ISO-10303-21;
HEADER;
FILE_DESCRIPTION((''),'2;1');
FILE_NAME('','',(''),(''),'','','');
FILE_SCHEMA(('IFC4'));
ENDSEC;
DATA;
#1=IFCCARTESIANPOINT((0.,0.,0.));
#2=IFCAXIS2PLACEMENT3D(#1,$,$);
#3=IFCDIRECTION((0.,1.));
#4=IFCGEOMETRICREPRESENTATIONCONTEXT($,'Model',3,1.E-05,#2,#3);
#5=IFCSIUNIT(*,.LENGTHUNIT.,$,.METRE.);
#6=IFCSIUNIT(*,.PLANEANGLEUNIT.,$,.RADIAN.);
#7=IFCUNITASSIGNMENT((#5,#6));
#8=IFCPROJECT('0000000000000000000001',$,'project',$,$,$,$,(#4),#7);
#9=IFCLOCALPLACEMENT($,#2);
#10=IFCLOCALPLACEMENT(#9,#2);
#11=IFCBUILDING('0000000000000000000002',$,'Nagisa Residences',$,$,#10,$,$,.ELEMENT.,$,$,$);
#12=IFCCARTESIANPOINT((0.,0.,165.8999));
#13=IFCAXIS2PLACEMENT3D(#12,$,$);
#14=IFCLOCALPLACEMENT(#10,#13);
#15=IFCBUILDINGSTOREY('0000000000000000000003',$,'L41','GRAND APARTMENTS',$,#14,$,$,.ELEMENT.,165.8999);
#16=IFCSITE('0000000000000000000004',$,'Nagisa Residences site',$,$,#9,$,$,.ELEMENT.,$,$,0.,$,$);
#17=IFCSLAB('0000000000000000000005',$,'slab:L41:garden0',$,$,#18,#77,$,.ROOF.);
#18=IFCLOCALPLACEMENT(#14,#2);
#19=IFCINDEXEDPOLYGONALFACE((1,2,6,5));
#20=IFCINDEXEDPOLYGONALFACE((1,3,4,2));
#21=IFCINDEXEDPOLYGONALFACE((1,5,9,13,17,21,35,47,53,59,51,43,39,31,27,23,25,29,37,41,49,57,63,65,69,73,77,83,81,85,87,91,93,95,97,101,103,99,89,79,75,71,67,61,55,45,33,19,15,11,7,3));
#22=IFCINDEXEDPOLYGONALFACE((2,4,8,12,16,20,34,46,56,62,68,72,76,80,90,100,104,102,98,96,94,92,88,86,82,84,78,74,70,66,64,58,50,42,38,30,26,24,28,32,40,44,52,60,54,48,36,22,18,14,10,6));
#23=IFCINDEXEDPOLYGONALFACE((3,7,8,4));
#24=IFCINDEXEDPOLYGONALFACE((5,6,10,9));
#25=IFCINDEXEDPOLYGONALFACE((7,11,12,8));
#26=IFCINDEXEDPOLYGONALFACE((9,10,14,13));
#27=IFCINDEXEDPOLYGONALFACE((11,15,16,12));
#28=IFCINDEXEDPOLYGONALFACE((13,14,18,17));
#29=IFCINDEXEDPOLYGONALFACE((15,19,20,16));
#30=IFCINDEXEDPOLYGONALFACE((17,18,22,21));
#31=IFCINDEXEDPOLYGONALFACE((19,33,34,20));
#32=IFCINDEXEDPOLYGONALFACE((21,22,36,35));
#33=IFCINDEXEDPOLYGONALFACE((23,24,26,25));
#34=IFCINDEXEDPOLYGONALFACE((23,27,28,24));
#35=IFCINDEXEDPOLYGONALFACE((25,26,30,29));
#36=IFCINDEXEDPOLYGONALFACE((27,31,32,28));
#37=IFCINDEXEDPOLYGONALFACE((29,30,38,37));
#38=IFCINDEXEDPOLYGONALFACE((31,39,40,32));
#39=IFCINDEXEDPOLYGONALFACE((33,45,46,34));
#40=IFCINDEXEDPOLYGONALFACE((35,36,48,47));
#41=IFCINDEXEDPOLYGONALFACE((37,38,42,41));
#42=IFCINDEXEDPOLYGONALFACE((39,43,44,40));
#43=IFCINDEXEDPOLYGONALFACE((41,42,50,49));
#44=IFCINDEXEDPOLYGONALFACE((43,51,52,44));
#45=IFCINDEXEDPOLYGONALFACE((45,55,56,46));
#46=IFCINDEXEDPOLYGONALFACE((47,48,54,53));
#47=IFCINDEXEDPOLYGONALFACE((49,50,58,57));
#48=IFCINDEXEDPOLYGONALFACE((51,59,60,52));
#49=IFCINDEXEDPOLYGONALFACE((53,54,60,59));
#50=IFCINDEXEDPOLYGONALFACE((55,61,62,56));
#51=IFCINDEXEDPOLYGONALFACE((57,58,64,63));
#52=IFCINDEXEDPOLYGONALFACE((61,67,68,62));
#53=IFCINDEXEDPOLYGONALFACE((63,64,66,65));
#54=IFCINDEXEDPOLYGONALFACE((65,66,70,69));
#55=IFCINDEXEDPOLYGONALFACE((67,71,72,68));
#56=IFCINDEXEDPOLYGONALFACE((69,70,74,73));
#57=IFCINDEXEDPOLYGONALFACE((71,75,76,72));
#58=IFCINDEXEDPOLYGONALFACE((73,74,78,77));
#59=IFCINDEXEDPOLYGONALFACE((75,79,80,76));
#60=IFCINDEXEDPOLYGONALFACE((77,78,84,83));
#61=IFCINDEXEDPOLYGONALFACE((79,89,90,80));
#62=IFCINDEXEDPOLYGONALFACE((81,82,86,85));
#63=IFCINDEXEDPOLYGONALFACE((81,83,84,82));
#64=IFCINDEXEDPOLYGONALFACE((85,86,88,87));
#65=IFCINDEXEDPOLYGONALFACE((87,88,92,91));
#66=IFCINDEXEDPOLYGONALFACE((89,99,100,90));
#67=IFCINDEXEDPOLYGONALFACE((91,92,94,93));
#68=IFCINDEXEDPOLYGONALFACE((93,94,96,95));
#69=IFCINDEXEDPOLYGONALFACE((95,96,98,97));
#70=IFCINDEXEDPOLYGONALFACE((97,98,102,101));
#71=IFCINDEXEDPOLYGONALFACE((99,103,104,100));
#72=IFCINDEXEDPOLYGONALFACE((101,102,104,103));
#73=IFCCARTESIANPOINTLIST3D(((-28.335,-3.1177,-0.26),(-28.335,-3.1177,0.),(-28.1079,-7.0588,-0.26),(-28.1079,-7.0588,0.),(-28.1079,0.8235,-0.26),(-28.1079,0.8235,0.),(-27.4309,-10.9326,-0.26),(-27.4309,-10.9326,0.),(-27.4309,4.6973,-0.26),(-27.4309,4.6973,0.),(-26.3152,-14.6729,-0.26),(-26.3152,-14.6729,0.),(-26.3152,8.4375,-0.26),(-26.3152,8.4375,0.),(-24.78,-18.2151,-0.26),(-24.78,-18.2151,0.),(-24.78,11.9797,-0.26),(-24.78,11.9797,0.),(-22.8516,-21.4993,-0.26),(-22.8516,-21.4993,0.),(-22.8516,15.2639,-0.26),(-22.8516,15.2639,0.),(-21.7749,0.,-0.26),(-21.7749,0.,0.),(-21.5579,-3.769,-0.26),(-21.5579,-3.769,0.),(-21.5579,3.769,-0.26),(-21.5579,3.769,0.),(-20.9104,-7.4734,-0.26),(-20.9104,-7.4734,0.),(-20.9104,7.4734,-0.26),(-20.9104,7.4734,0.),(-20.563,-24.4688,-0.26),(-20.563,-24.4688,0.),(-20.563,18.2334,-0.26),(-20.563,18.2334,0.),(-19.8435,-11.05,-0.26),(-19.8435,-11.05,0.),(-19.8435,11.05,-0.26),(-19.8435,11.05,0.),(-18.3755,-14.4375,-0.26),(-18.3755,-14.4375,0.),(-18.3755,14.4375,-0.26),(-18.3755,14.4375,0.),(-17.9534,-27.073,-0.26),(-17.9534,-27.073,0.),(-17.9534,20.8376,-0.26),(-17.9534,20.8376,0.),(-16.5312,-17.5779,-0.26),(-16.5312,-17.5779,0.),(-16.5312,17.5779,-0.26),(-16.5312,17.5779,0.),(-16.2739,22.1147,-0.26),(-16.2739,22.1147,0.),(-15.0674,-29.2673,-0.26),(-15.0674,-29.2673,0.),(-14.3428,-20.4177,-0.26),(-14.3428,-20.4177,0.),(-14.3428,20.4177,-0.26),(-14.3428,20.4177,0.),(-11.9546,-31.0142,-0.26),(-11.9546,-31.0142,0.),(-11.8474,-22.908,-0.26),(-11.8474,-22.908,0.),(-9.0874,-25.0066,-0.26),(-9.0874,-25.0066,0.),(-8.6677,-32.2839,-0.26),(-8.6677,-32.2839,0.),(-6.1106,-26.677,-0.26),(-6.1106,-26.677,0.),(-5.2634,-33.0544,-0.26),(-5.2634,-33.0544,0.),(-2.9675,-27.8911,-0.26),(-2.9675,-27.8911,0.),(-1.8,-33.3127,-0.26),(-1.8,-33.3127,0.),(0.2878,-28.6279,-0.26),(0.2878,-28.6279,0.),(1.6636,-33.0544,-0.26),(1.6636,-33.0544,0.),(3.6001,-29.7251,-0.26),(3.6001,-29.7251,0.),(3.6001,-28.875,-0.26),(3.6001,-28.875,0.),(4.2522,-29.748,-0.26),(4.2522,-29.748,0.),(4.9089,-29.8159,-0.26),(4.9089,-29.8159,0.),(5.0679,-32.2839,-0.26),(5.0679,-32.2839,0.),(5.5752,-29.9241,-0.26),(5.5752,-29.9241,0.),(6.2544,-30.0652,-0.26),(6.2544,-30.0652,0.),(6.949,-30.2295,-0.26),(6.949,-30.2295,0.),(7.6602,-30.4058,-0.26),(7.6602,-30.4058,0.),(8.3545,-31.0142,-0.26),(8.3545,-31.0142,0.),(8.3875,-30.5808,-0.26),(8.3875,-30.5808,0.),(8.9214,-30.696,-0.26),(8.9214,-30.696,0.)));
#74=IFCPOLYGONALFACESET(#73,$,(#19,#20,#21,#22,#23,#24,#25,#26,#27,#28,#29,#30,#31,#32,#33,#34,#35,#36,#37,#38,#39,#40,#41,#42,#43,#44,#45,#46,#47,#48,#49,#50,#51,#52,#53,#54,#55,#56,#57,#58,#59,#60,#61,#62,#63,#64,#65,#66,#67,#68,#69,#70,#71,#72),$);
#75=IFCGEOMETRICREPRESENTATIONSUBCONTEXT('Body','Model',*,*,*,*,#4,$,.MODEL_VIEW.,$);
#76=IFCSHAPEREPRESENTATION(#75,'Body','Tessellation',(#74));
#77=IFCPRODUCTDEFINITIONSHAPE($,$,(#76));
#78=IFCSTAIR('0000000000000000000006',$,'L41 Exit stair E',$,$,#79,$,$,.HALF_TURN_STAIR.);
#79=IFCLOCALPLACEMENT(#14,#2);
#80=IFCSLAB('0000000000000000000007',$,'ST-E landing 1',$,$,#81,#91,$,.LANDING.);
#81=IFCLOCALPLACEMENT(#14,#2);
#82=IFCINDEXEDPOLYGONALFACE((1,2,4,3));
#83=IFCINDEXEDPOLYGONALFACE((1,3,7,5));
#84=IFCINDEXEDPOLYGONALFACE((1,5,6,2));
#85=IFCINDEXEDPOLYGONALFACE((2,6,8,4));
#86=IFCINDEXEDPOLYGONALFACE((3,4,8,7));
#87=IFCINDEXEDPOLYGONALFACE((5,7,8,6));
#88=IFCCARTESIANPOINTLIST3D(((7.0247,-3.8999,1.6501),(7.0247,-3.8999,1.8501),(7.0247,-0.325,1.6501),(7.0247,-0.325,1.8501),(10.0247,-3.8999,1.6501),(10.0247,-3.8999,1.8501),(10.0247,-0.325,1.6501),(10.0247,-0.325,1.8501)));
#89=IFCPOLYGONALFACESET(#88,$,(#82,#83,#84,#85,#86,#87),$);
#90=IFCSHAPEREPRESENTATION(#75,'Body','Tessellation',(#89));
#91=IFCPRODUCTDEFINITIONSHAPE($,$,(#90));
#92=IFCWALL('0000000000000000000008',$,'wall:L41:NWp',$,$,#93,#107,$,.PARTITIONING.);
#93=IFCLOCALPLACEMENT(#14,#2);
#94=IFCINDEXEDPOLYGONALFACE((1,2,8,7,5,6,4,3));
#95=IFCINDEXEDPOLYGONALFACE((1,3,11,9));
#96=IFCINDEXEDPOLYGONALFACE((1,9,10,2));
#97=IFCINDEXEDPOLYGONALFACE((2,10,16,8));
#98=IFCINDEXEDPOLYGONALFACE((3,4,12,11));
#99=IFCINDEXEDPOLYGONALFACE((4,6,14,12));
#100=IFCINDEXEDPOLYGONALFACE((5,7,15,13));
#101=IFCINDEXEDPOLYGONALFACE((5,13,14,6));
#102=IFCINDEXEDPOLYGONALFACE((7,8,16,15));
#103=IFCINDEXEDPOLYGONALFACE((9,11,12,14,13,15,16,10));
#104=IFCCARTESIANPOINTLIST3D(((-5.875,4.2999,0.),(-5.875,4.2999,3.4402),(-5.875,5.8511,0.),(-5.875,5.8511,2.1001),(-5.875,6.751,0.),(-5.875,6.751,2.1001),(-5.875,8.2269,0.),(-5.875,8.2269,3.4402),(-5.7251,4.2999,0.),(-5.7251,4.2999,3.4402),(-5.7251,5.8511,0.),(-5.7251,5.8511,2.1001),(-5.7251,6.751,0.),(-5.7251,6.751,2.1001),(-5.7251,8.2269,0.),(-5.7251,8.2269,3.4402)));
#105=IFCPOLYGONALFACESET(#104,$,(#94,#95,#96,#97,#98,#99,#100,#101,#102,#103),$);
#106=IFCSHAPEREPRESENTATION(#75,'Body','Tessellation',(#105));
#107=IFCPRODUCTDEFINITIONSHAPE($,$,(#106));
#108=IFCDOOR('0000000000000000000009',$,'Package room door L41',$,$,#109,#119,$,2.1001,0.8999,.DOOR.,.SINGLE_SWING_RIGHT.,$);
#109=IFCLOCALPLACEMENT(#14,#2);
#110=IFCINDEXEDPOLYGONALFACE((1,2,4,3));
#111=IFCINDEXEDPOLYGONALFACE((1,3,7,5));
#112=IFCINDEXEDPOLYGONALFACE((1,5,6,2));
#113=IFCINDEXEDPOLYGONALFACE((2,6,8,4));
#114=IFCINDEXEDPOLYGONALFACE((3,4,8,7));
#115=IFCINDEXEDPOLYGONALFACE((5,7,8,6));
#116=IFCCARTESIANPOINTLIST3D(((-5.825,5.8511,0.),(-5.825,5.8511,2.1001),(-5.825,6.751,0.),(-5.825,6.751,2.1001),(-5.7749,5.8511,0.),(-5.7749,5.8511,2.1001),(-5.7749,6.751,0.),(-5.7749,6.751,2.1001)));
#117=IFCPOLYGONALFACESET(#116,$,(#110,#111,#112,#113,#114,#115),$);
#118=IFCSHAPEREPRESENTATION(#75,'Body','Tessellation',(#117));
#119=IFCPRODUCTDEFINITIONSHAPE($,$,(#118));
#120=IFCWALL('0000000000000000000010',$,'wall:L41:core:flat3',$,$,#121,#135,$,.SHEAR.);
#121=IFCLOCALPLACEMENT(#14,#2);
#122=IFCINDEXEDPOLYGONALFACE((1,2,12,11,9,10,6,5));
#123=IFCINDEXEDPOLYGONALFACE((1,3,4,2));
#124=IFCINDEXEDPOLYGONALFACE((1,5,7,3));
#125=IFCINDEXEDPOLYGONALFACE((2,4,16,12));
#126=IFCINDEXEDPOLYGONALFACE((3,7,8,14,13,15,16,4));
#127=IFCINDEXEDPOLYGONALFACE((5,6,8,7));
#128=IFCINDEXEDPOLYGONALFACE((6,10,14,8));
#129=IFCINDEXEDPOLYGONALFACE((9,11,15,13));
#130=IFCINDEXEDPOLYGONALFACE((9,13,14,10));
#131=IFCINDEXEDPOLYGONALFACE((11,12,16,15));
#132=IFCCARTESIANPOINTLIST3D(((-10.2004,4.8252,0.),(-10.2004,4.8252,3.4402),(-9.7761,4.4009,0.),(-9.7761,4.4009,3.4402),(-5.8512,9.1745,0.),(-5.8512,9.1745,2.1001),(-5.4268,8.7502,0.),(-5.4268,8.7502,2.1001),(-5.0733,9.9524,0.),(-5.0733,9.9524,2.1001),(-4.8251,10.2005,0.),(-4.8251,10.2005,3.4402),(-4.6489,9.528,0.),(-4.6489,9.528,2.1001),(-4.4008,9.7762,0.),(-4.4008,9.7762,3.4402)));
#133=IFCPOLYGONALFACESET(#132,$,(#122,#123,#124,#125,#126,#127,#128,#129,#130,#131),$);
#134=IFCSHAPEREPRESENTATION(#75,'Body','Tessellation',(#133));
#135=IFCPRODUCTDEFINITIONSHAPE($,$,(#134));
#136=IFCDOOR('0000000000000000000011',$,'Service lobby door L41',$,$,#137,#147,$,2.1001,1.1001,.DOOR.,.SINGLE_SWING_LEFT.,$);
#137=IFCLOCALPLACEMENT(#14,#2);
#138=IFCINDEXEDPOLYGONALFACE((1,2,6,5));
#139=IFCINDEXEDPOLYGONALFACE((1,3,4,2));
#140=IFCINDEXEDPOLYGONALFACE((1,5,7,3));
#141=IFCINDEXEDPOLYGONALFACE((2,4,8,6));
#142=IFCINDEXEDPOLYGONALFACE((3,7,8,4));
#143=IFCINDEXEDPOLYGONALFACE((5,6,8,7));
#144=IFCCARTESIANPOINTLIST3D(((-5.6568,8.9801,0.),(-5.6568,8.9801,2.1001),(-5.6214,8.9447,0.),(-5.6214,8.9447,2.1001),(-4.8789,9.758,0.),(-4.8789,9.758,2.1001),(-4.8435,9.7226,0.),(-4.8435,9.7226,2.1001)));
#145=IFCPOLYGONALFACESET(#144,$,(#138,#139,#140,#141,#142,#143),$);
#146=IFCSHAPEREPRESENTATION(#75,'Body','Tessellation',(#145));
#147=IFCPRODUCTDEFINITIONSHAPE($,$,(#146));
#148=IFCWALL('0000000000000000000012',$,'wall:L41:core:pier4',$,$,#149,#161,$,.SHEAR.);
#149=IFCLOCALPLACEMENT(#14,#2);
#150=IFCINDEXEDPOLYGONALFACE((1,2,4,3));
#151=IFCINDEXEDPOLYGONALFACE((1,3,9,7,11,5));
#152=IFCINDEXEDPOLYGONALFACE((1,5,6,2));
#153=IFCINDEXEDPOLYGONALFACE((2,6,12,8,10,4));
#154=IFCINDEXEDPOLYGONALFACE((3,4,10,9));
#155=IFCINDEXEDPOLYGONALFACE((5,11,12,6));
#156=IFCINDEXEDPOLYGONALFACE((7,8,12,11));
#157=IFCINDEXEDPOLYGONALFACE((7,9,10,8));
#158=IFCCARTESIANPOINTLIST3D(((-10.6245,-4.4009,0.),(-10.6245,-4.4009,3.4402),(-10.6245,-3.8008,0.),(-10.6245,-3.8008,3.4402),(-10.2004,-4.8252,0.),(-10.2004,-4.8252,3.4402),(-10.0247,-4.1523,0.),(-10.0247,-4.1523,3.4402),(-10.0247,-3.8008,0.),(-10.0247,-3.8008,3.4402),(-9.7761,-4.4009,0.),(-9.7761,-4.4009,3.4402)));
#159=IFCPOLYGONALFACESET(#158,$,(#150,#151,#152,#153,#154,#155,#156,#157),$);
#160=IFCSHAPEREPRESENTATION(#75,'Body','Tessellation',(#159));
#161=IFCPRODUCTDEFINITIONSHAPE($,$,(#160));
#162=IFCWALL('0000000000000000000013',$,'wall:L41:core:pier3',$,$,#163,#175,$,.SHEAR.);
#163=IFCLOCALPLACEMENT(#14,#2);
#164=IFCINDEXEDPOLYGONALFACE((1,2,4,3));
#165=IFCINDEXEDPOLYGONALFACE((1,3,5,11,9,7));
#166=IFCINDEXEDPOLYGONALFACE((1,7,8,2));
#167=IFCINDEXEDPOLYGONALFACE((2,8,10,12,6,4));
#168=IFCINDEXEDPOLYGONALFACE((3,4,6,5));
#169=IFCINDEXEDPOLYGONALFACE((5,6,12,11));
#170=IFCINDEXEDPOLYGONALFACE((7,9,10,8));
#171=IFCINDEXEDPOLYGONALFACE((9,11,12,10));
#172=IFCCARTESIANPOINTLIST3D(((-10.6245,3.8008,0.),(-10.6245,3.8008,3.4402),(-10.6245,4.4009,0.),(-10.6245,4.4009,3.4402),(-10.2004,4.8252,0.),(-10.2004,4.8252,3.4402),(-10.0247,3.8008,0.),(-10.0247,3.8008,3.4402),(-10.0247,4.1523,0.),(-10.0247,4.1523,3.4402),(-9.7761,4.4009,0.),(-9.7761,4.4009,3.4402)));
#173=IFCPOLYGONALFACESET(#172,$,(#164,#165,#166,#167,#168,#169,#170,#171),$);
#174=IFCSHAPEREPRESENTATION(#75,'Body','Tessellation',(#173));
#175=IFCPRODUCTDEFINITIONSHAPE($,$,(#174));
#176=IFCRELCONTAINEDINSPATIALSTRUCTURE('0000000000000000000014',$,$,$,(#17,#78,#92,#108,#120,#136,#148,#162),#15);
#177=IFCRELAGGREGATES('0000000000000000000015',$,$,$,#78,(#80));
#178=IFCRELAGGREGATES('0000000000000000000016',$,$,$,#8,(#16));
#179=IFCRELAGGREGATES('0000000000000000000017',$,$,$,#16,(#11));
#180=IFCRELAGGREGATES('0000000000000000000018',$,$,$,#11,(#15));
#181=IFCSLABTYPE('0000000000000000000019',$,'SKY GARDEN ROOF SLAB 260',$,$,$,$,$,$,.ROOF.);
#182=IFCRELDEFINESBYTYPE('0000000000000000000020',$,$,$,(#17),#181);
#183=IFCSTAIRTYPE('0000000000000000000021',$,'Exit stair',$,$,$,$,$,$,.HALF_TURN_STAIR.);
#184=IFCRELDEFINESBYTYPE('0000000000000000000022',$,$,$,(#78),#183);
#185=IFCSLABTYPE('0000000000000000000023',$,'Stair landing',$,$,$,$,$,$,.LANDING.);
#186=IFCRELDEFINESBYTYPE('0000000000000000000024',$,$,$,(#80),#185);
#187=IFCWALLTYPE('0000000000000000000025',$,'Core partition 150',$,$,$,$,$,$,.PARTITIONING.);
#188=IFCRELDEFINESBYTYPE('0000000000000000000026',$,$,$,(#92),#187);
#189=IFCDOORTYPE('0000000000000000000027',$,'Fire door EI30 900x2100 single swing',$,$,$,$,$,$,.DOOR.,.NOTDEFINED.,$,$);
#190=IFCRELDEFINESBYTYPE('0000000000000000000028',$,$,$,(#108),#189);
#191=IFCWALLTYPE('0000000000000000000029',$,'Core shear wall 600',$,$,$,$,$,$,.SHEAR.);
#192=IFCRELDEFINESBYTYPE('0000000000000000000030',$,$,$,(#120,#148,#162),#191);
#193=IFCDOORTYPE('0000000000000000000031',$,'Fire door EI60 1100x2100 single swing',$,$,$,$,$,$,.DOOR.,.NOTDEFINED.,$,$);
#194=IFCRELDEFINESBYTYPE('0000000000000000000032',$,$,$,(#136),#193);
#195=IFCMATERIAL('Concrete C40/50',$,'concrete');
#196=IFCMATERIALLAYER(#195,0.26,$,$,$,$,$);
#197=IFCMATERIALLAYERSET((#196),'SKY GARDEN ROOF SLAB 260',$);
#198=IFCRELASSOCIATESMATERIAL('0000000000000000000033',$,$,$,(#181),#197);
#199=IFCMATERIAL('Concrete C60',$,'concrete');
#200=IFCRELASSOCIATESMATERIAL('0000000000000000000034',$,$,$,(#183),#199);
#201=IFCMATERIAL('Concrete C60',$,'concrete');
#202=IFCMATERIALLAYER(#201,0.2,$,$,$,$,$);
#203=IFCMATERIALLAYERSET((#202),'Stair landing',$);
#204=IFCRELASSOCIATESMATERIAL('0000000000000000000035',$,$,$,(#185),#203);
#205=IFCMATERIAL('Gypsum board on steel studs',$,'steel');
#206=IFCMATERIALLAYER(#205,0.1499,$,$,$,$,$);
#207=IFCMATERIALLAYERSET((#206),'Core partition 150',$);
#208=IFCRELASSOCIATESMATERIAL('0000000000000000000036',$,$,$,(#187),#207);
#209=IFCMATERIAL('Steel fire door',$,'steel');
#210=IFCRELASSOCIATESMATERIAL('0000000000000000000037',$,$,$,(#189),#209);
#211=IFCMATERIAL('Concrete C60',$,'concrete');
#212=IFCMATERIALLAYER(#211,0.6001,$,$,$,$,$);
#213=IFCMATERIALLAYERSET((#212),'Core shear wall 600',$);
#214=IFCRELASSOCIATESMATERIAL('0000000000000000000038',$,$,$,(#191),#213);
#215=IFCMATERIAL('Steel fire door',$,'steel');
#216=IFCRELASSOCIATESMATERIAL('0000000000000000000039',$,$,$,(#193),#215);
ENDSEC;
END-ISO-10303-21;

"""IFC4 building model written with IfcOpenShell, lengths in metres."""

from ifc_helpers import new_model, si_unit, direction, frame, frame_2d, origin, place, context, subcontext, project, spatial, polyline, rectangle, outline, extrude, material, layer, layer_set, type_object, element, fill, aggregate, save


model = new_model("IFC4")

# Units and contexts
model_context = context("Model", 3, precision=1e-05, world=origin(), true_north=direction((0.0, 1.0)))
body_context = subcontext(model_context, "Body", "Model", "MODEL_VIEW")
ifc_project = project(units=[si_unit("LENGTHUNIT", "METRE"), si_unit("PLANEANGLEUNIT", "RADIAN")], contexts=[model_context])

# Site, building, storey
site_placement = place(None, origin())
site = spatial("IfcSite", under=ifc_project, at=site_placement, Name="Nagisa Residences site", CompositionType="ELEMENT", RefElevation=0.0)
building_placement = place(site_placement, origin())
building = spatial("IfcBuilding", under=site, at=building_placement, Name="Nagisa Residences", CompositionType="ELEMENT")
storey_placement = place(building_placement, frame((0.0, 0.0, 165.8999)))
storey = spatial("IfcBuildingStorey", under=building, at=storey_placement, Name="L41", Description="GRAND APARTMENTS", CompositionType="ELEMENT", Elevation=165.8999)

# Slab
ifc_material_1 = material(Name="Concrete C40/50", Category="concrete")
ifc_layer_1 = layer(ifc_material_1, 0.26)
ifc_layer_set_1 = layer_set([ifc_layer_1], Name="SKY GARDEN ROOF SLAB 260")
slab_type_1 = type_object("IfcSlabType", Name="SKY GARDEN ROOF SLAB 260", PredefinedType="ROOF", material=ifc_layer_set_1)
slab_1_placement = place(storey_placement, frame((0.0, 0.0, -0.26)))
element("IfcSlab", 1, at=slab_1_placement, inside=storey, type_object=slab_type_1, Name="slab:L41:garden0", PredefinedType="ROOF", context=body_context, shape_type="SweptSolid", body=[
    extrude(outline(polyline([(8.3545, -31.0142), (8.9214, -30.696), (8.3875, -30.5808), (7.6602, -30.4058), (6.949, -30.2295), (6.2544, -30.0652), (5.5752, -29.9241), (4.9089, -29.8159), (4.2522, -29.748), (3.6001, -29.7251), (3.6001, -28.875), (0.2878, -28.6279), (-2.9675, -27.8911), (-6.1106, -26.677), (-9.0874, -25.0066), (-11.8474, -22.908), (-14.3428, -20.4177), (-16.5312, -17.5779), (-18.3755, -14.4375), (-19.8435, -11.05), (-20.9104, -7.4734), (-21.5579, -3.769), (-21.7749, 0.0), (-21.5579, 3.769), (-20.9104, 7.4734), (-19.8435, 11.05), (-18.3755, 14.4375), (-16.5312, 17.5779), (-14.3428, 20.4177), (-16.2739, 22.1147), (-17.9534, 20.8376), (-20.563, 18.2334), (-22.8516, 15.2639), (-24.78, 11.9797), (-26.3152, 8.4375), (-27.4309, 4.6973), (-28.1079, 0.8235), (-28.335, -3.1177), (-28.1079, -7.0588), (-27.4309, -10.9326), (-26.3152, -14.6729), (-24.78, -18.2151), (-22.8516, -21.4993), (-20.563, -24.4688), (-17.9534, -27.073), (-15.0674, -29.2673), (-11.9546, -31.0142), (-8.6677, -32.2839), (-5.2634, -33.0544), (-1.8, -33.3127), (1.6636, -33.0544), (5.0679, -32.2839), (8.3545, -31.0142)])), origin(), (0.0, 0.0, 1.0), 0.26),
])

# Stair, slab
ifc_material_2 = material(Name="Concrete C60", Category="concrete")
stair_type = type_object("IfcStairType", Name="Exit stair", PredefinedType="HALF_TURN_STAIR", material=ifc_material_2)
stair_1_placement = place(storey_placement, origin())
stair_1 = element("IfcStair", 2, at=stair_1_placement, inside=storey, type_object=stair_type, Name="L41 Exit stair E", PredefinedType="HALF_TURN_STAIR")
ifc_material_3 = material(Name="Concrete C60", Category="concrete")
ifc_layer_2 = layer(ifc_material_3, 0.2)
ifc_layer_set_2 = layer_set([ifc_layer_2], Name="Stair landing")
slab_type_2 = type_object("IfcSlabType", Name="Stair landing", PredefinedType="LANDING", material=ifc_layer_set_2)
slab_2_placement = place(storey_placement, frame((0.0, 0.0, 1.6501)))
slab_2 = element("IfcSlab", 3, at=slab_2_placement, type_object=slab_type_2, Name="ST-E landing 1", PredefinedType="LANDING", context=body_context, shape_type="SweptSolid", body=[
    extrude(outline(polyline([(7.0247, -0.325), (7.0247, -3.8999), (10.0247, -3.8999), (10.0247, -0.325), (7.0247, -0.325)])), origin(), (0.0, 0.0, 1.0), 0.2),
])
aggregate(stair_1, [slab_2])

# Walls, openings, doors
ifc_material_4 = material(Name="Gypsum board on steel studs", Category="steel")
ifc_layer_3 = layer(ifc_material_4, 0.1499)
ifc_layer_set_3 = layer_set([ifc_layer_3], Name="Core partition 150")
wall_type_1 = type_object("IfcWallType", Name="Core partition 150", PredefinedType="PARTITIONING", material=ifc_layer_set_3)
wall_1_placement = place(storey_placement, frame((-5.8, 4.3, 0.0), z_axis=(0.0, 0.0, 1.0), x_axis=(0.0, 1.0, 0.0)))
wall_1 = element("IfcWall", 4, at=wall_1_placement, inside=storey, type_object=wall_type_1, Name="wall:L41:NWp", PredefinedType="PARTITIONING", context=body_context, shape_type="SweptSolid", body=[
    extrude(rectangle(XDim=3.927, YDim=0.1499, at=frame_2d((1.9634, 0.0))), origin(), (0.0, 0.0, 1.0), 3.4402),
])
opening_1_placement = place(wall_1_placement, frame((1.551, 0.0, 0.0)))
opening_1 = element("IfcOpeningElement", 5, at=opening_1_placement, cuts=wall_1, PredefinedType="OPENING", context=body_context, shape_type="SweptSolid", body=[
    extrude(rectangle(XDim=0.8999, YDim=2.1001, at=frame_2d((0.45, 1.05))), frame((0.0, 0.085, 0.0), z_axis=(0.0, -1.0, 0.0), x_axis=(1.0, 0.0, 0.0)), (0.0, 0.0, 1.0), 0.1699),
])
ifc_material_5 = material(Name="Steel fire door", Category="steel")
door_type_1 = type_object("IfcDoorType", Name="Fire door EI30 900x2100 single swing", OperationType="NOTDEFINED", PredefinedType="DOOR", material=ifc_material_5)
door_1_placement = place(opening_1_placement, origin())
door_1 = element("IfcDoor", 6, at=door_1_placement, inside=storey, type_object=door_type_1, Name="Package room door L41", OperationType="SINGLE_SWING_RIGHT", OverallHeight=2.1001, OverallWidth=0.8999, PredefinedType="DOOR", context=body_context, shape_type="SweptSolid", body=[
    extrude(rectangle(XDim=0.8999, YDim=2.1001, at=frame_2d((0.45, 1.05))), frame((0.0, 0.0249, 0.0), z_axis=(0.0, -1.0, 0.0), x_axis=(1.0, 0.0, 0.0)), (0.0, 0.0, 1.0), 0.05),
])
fill(opening_1, door_1)
ifc_material_6 = material(Name="Concrete C60", Category="concrete")
ifc_layer_4 = layer(ifc_material_6, 0.6001)
ifc_layer_set_4 = layer_set([ifc_layer_4], Name="Core shear wall 600")
wall_type_2 = type_object("IfcWallType", Name="Core shear wall 600", PredefinedType="SHEAR", material=ifc_layer_set_4)
wall_2_placement = place(storey_placement, frame((-4.613, 9.9883, 0.0), z_axis=(0.0, 0.0, 1.0), x_axis=(-0.707107, -0.707107, 0.0)))
wall_2 = element("IfcWall", 7, at=wall_2_placement, inside=storey, type_object=wall_type_2, Name="wall:L41:core:flat3", PredefinedType="SHEAR", context=body_context, shape_type="SweptSolid", body=[
    extrude(rectangle(XDim=7.6018, YDim=0.6001, at=frame_2d((3.8008, 0.0))), origin(), (0.0, 0.0, 1.0), 3.4402),
])
opening_2_placement = place(wall_2_placement, frame((0.3508, 0.0, 0.0)))
opening_2 = element("IfcOpeningElement", 8, at=opening_2_placement, cuts=wall_2, PredefinedType="OPENING", context=body_context, shape_type="SweptSolid", body=[
    extrude(rectangle(XDim=1.1001, YDim=2.1001, at=frame_2d((0.55, 1.05))), frame((0.0, 0.3101, 0.0), z_axis=(0.0, -1.0, 0.0), x_axis=(1.0, 0.0, 0.0)), (0.0, 0.0, 1.0), 0.6201),
])
ifc_material_7 = material(Name="Steel fire door", Category="steel")
door_type_2 = type_object("IfcDoorType", Name="Fire door EI60 1100x2100 single swing", OperationType="NOTDEFINED", PredefinedType="DOOR", material=ifc_material_7)
door_2_placement = place(opening_2_placement, origin())
door_2 = element("IfcDoor", 9, at=door_2_placement, inside=storey, type_object=door_type_2, Name="Service lobby door L41", OperationType="SINGLE_SWING_LEFT", OverallHeight=2.1001, OverallWidth=1.1001, PredefinedType="DOOR", context=body_context, shape_type="SweptSolid", body=[
    extrude(rectangle(XDim=1.1001, YDim=2.1001, at=frame_2d((0.55, 1.05))), frame((0.0, 0.0249, 0.0), z_axis=(0.0, -1.0, 0.0), x_axis=(1.0, 0.0, 0.0)), (0.0, 0.0, 1.0), 0.05),
])
fill(opening_2, door_2)

# Walls
wall_3_placement = place(storey_placement, origin())
element("IfcWall", 10, at=wall_3_placement, inside=storey, type_object=wall_type_2, Name="wall:L41:core:pier4", PredefinedType="SHEAR", context=body_context, shape_type="SweptSolid", body=[
    extrude(outline(polyline([(-10.6245, -3.8008), (-10.0247, -3.8008), (-10.0247, -4.1523), (-9.7761, -4.4009), (-10.2004, -4.8252), (-10.6245, -4.4009), (-10.6245, -3.8008)])), origin(), (0.0, 0.0, 1.0), 3.4402),
])
wall_4_placement = place(storey_placement, origin())
element("IfcWall", 11, at=wall_4_placement, inside=storey, type_object=wall_type_2, Name="wall:L41:core:pier3", PredefinedType="SHEAR", context=body_context, shape_type="SweptSolid", body=[
    extrude(outline(polyline([(-10.2004, 4.8252), (-9.7761, 4.4009), (-10.0247, 4.1523), (-10.0247, 3.8008), (-10.6245, 3.8008), (-10.6245, 4.4009), (-10.2004, 4.8252)])), origin(), (0.0, 0.0, 1.0), 3.4402),
])

save(model, "model.ifc")
